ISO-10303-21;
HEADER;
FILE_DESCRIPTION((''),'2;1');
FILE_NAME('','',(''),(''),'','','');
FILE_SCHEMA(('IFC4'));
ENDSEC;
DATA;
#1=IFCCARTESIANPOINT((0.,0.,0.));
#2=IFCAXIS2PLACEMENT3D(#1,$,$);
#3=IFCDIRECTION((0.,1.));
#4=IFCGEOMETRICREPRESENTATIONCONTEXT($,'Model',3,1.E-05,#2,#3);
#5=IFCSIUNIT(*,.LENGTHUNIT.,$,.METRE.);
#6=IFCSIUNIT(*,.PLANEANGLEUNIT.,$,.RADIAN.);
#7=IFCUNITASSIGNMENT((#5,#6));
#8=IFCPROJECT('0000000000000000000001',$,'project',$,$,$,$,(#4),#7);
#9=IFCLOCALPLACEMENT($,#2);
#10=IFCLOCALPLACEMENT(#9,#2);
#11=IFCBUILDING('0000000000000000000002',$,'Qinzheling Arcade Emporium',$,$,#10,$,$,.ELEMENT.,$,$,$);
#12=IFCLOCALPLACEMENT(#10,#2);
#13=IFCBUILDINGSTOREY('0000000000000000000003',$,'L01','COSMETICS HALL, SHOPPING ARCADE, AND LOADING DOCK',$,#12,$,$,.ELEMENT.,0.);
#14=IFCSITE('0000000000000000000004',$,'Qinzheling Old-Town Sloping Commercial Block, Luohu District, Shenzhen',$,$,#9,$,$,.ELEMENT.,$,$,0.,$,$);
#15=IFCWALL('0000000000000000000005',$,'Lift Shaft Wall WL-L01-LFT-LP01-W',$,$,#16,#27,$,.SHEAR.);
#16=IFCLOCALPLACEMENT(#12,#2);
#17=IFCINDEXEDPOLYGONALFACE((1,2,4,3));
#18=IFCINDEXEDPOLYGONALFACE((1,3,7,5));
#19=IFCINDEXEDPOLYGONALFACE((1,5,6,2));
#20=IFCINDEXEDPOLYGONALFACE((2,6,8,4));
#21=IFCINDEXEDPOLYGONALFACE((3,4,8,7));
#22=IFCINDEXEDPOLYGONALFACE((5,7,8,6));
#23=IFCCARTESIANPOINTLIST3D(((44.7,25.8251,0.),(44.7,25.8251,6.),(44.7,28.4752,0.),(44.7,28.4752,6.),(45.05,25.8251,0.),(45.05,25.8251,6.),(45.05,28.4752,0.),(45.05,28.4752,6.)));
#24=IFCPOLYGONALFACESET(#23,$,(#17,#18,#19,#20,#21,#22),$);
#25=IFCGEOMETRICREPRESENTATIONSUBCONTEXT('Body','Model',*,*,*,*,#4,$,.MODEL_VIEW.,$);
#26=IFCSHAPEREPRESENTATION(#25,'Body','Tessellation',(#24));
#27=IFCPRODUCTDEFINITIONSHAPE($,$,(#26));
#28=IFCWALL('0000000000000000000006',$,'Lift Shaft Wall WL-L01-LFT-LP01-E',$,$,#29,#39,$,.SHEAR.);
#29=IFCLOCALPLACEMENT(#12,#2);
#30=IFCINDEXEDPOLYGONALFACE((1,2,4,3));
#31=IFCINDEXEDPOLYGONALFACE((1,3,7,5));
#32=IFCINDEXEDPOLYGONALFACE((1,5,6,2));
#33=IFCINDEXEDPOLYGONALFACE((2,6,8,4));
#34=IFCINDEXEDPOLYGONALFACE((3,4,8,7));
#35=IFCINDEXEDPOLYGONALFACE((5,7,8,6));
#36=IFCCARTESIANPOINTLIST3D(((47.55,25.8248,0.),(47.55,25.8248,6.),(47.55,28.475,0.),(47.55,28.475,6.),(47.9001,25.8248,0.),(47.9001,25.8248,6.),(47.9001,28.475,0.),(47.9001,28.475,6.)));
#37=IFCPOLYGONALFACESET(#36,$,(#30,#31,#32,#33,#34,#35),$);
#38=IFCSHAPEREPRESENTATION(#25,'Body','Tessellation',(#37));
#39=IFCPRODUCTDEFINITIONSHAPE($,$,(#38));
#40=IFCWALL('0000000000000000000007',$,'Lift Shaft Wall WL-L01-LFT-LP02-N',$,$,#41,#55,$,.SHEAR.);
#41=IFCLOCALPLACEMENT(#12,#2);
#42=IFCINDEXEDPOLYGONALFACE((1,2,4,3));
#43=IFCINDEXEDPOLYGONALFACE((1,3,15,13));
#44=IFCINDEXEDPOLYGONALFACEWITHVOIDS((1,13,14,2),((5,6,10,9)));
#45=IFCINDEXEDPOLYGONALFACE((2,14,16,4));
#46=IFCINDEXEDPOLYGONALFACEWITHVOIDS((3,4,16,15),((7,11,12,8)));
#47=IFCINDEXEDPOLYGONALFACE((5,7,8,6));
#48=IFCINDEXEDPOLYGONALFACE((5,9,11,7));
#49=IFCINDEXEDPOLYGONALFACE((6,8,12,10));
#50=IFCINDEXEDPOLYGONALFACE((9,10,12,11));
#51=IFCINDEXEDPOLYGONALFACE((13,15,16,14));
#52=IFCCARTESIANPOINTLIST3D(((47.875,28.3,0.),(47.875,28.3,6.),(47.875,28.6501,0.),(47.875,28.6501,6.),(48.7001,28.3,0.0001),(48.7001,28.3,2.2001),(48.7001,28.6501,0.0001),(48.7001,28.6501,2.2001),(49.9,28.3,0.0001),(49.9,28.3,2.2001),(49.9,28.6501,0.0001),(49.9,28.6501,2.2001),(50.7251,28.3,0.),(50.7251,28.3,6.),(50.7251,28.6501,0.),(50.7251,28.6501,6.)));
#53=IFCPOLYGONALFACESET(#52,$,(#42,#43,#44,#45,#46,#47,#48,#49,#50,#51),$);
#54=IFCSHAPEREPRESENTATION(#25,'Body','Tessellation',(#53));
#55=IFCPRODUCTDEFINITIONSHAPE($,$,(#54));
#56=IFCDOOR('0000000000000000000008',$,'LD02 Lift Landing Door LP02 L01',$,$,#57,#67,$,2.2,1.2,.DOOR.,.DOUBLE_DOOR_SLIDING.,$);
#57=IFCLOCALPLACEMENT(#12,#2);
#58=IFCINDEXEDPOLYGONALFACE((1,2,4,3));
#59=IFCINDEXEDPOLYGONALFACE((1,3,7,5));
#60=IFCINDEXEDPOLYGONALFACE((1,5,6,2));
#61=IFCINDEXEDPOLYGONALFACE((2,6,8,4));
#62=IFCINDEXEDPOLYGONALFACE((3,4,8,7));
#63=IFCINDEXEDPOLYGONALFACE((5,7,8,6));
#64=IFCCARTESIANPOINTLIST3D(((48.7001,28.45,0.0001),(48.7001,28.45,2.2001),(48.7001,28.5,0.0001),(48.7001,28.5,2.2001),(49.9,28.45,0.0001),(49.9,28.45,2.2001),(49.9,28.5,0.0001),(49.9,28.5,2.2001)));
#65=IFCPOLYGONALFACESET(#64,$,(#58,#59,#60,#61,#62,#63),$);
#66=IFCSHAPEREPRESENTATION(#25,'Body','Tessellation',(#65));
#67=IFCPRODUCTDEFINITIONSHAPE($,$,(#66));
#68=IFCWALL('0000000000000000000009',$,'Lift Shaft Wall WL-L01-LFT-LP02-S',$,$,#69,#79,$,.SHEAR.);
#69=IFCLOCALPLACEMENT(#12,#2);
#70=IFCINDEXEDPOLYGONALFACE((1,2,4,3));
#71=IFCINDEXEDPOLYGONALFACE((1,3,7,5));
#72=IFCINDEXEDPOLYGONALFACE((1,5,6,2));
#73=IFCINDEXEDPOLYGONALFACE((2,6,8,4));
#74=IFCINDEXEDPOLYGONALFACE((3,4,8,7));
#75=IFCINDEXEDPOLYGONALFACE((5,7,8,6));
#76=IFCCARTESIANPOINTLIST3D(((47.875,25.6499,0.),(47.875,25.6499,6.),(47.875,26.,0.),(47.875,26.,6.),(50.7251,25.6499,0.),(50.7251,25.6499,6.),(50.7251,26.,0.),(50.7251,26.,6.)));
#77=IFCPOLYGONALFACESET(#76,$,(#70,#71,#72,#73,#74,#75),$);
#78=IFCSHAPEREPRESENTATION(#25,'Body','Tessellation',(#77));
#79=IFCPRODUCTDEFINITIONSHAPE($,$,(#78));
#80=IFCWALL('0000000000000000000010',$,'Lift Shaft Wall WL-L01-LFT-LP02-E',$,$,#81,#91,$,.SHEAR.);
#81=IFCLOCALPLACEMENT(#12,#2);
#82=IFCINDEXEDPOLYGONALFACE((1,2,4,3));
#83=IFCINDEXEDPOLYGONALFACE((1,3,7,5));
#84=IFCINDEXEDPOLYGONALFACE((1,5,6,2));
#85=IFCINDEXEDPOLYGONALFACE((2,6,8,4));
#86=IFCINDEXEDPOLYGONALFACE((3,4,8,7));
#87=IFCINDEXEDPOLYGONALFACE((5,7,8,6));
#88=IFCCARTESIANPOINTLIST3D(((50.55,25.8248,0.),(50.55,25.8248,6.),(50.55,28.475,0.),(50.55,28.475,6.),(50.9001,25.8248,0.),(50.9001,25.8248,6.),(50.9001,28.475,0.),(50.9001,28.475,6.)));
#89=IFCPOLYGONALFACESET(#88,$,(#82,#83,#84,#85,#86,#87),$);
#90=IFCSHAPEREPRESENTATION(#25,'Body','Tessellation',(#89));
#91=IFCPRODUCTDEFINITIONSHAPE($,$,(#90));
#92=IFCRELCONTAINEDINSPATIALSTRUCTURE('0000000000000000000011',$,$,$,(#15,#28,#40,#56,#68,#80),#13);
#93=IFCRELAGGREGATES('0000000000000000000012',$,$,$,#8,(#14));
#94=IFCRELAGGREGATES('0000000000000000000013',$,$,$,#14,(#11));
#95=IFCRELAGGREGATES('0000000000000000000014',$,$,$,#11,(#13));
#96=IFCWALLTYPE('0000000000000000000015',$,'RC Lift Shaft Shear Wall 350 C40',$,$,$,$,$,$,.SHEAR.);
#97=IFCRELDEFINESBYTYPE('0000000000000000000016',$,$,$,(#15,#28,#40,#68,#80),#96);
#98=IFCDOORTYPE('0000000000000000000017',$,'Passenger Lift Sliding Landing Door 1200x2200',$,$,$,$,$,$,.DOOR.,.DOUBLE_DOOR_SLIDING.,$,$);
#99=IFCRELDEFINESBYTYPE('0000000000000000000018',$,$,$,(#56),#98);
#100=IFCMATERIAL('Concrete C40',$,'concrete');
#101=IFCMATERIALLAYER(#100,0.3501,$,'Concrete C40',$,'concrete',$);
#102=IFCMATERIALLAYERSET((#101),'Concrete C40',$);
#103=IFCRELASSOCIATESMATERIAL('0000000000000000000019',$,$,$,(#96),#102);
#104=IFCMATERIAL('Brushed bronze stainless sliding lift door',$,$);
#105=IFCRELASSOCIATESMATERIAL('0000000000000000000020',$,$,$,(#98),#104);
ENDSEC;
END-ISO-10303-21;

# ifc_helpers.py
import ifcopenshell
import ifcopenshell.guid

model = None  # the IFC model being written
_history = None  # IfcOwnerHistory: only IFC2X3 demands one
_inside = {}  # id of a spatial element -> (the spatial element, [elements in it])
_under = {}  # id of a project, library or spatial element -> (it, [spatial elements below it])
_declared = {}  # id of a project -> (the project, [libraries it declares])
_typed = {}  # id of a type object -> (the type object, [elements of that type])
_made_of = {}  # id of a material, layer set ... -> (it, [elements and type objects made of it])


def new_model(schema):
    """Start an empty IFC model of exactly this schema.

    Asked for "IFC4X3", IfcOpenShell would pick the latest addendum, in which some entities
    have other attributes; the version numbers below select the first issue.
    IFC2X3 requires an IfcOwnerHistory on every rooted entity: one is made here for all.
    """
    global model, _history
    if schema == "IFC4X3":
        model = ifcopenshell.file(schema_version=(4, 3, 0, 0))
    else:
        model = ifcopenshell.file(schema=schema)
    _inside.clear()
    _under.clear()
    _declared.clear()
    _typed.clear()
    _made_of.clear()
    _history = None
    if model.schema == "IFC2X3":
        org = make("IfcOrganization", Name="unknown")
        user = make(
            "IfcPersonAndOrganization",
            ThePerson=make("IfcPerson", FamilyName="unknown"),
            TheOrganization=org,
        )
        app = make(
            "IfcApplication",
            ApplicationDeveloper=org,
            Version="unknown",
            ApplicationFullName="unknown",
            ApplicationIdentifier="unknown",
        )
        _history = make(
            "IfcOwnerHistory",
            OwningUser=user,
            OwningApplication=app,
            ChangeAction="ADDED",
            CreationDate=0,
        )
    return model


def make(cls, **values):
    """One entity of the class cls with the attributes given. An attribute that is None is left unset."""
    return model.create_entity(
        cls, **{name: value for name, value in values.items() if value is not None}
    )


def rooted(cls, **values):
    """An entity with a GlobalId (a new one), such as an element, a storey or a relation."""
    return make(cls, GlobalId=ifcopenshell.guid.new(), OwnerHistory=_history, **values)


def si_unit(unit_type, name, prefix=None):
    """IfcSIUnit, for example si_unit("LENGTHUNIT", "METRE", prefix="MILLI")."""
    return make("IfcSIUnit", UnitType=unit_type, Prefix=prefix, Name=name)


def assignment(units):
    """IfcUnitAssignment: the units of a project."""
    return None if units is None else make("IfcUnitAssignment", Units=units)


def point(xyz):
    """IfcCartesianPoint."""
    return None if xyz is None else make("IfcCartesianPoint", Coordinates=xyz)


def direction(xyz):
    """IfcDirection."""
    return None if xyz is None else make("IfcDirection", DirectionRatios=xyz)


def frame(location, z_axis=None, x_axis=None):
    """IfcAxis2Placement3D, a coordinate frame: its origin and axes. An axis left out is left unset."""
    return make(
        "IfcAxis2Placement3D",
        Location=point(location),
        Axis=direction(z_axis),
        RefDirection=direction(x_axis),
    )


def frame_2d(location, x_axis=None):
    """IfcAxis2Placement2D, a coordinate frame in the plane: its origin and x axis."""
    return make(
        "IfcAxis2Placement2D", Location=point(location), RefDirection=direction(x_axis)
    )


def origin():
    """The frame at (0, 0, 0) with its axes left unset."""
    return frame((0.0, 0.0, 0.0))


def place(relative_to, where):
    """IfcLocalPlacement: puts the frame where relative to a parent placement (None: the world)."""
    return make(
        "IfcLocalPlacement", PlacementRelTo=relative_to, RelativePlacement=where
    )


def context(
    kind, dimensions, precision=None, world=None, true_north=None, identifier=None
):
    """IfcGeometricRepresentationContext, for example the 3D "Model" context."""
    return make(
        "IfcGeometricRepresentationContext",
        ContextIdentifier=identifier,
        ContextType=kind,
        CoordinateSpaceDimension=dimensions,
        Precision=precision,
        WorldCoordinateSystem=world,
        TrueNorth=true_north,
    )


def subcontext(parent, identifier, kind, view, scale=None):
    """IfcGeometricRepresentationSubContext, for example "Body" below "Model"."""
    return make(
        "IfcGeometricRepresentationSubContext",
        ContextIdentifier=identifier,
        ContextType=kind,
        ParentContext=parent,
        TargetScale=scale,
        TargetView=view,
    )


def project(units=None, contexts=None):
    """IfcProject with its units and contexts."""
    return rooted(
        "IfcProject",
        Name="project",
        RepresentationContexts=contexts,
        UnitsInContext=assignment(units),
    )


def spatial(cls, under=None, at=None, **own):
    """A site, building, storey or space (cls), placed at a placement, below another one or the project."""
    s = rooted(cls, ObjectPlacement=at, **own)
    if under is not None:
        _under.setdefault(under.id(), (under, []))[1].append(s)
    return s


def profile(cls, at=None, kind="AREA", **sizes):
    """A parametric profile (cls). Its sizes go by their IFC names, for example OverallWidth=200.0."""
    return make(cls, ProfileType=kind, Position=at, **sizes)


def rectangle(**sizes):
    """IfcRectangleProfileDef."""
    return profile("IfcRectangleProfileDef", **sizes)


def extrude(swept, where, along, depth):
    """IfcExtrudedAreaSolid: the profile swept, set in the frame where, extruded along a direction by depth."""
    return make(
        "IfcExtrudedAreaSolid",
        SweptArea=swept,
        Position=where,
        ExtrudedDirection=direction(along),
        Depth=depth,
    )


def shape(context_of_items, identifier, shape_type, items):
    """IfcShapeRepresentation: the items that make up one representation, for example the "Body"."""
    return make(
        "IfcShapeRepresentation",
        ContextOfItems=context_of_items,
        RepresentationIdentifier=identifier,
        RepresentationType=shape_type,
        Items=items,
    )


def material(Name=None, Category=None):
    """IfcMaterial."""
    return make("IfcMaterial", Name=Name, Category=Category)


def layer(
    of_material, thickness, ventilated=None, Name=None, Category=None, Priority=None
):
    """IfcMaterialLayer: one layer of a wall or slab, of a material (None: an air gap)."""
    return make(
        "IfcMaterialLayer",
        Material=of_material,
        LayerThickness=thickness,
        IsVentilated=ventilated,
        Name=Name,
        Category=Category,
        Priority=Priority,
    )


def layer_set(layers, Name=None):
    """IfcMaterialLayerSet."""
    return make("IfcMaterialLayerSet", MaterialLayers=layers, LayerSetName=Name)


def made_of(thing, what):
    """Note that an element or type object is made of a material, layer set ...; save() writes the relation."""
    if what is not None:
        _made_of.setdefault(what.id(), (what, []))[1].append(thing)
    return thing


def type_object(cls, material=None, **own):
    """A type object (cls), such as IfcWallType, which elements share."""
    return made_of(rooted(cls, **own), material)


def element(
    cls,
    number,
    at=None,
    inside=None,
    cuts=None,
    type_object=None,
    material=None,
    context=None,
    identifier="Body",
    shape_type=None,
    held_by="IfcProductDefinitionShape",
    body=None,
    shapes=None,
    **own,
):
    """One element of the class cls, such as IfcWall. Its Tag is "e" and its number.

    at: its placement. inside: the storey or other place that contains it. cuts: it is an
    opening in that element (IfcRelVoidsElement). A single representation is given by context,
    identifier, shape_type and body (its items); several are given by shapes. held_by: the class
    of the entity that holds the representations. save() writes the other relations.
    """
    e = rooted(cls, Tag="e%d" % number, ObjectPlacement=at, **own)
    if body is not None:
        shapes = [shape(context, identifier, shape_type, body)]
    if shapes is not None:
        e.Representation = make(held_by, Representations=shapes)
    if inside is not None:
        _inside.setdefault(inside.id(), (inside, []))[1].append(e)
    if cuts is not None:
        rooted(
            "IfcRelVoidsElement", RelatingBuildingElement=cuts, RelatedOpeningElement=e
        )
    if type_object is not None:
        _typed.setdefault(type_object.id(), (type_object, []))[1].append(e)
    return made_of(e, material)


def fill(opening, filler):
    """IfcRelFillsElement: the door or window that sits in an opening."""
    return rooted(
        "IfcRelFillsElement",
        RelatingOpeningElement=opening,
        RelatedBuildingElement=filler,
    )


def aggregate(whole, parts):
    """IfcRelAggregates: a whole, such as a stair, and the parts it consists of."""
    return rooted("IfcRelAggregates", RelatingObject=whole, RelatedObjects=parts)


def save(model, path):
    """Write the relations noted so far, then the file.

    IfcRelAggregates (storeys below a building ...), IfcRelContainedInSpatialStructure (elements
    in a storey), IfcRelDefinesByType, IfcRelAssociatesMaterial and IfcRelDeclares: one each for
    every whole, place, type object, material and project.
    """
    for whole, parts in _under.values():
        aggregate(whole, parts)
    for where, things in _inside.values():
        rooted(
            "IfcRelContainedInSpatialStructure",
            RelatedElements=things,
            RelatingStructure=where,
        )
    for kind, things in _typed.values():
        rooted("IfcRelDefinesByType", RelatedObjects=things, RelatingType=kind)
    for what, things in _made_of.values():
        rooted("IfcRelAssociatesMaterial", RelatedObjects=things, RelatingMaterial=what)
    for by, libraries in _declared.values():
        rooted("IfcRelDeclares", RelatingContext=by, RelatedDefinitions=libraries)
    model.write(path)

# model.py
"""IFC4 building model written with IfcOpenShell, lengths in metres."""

from ifc_helpers import new_model, si_unit, direction, frame, frame_2d, origin, place, context, subcontext, project, spatial, rectangle, extrude, material, layer, layer_set, type_object, element, fill, save


model = new_model("IFC4")

# Units and contexts
model_context = context("Model", 3, precision=1e-05, world=origin(), true_north=direction((0.0, 1.0)))
body_context = subcontext(model_context, "Body", "Model", "MODEL_VIEW")
ifc_project = project(units=[si_unit("LENGTHUNIT", "METRE"), si_unit("PLANEANGLEUNIT", "RADIAN")], contexts=[model_context])

# Site, building, storey
site_placement = place(None, origin())
site = spatial("IfcSite", under=ifc_project, at=site_placement, Name="Qinzheling Old-Town Sloping Commercial Block, Luohu District, Shenzhen", CompositionType="ELEMENT", RefElevation=0.0)
building_placement = place(site_placement, origin())
building = spatial("IfcBuilding", under=site, at=building_placement, Name="Qinzheling Arcade Emporium", CompositionType="ELEMENT")
storey_placement = place(building_placement, origin())
storey = spatial("IfcBuildingStorey", under=building, at=storey_placement, Name="L01", Description="COSMETICS HALL, SHOPPING ARCADE, AND LOADING DOCK", CompositionType="ELEMENT", Elevation=0.0)

# Shared definitions
ifc_material_1 = material(Name="Concrete C40", Category="concrete")

# Shared definitions
ifc_layer_1 = layer(ifc_material_1, 0.3501, Name="Concrete C40", Category="concrete")
ifc_layer_set_1 = layer_set([ifc_layer_1], Name="Concrete C40")
wall_type_1 = type_object("IfcWallType", Name="RC Lift Shaft Shear Wall 350 C40", PredefinedType="SHEAR", material=ifc_layer_set_1)
ifc_material_2 = material(Name="Brushed bronze stainless sliding lift door")
door_type_1 = type_object("IfcDoorType", Name="Passenger Lift Sliding Landing Door 1200x2200", OperationType="DOUBLE_DOOR_SLIDING", PredefinedType="DOOR", material=ifc_material_2)

# Walls
for number, where, z_axis, x_axis, name in (
    (1, (44.875, 25.825, 0.0), (0.0, 0.0, 1.0), (0.0, 1.0, 0.0), "Lift Shaft Wall WL-L01-LFT-LP01-W"),
    (2, (47.7251, 28.4751, 0.0), (0.0, 0.0, 1.0), (0.0, -1.0, 0.0), "Lift Shaft Wall WL-L01-LFT-LP01-E"),
):
    element("IfcWall", number, at=place(storey_placement, frame(where, z_axis=z_axis, x_axis=x_axis)), inside=storey, type_object=wall_type_1, Name=name, PredefinedType="SHEAR", context=body_context, shape_type="SweptSolid", body=[
        extrude(rectangle(XDim=2.6501, YDim=0.3501, at=frame_2d((1.3252, 0.0))), origin(), (0.0, 0.0, 1.0), 6.0),
    ])

# Wall, opening, door
wall_1_placement = place(storey_placement, frame((47.875, 28.4751, 0.0), z_axis=(0.0, 0.0, 1.0), x_axis=(1.0, 0.0, 0.0)))
wall_1 = element("IfcWall", 3, at=wall_1_placement, inside=storey, type_object=wall_type_1, Name="Lift Shaft Wall WL-L01-LFT-LP02-N", PredefinedType="SHEAR", context=body_context, shape_type="SweptSolid", body=[
    extrude(rectangle(XDim=2.8501, YDim=0.3501, at=frame_2d((1.425, 0.0))), origin(), (0.0, 0.0, 1.0), 6.0),
])
opening_1_placement = place(wall_1_placement, frame((0.825, 0.0, 0.0)))
opening_1 = element("IfcOpeningElement", 4, at=opening_1_placement, cuts=wall_1, PredefinedType="OPENING", context=body_context, shape_type="SweptSolid", body=[
    extrude(rectangle(XDim=1.2, YDim=2.2, at=frame_2d((0.6001, 1.1001))), frame((0.0, 0.1851, 0.0), z_axis=(0.0, -1.0, 0.0), x_axis=(1.0, 0.0, 0.0)), (0.0, 0.0, 1.0), 0.3701),
])
door_1_placement = place(opening_1_placement, origin())
door_1 = element("IfcDoor", 5, at=door_1_placement, inside=storey, type_object=door_type_1, Name="LD02 Lift Landing Door LP02 L01", OperationType="DOUBLE_DOOR_SLIDING", OverallHeight=2.2, OverallWidth=1.2, PredefinedType="DOOR", context=body_context, shape_type="SweptSolid", body=[
    extrude(rectangle(XDim=1.2, YDim=2.2, at=frame_2d((0.6001, 1.1001))), frame((0.0, 0.0249, 0.0), z_axis=(0.0, -1.0, 0.0), x_axis=(1.0, 0.0, 0.0)), (0.0, 0.0, 1.0), 0.05),
])
fill(opening_1, door_1)

# Walls
wall_2_placement = place(storey_placement, frame((50.7251, 25.825, 0.0), z_axis=(0.0, 0.0, 1.0), x_axis=(-1.0, 0.0, 0.0)))
element("IfcWall", 6, at=wall_2_placement, inside=storey, type_object=wall_type_1, Name="Lift Shaft Wall WL-L01-LFT-LP02-S", PredefinedType="SHEAR", context=body_context, shape_type="SweptSolid", body=[
    extrude(rectangle(XDim=2.8501, YDim=0.3501, at=frame_2d((1.425, 0.0))), origin(), (0.0, 0.0, 1.0), 6.0),
])
wall_3_placement = place(storey_placement, frame((50.7251, 28.4751, 0.0), z_axis=(0.0, 0.0, 1.0), x_axis=(0.0, -1.0, 0.0)))
element("IfcWall", 7, at=wall_3_placement, inside=storey, type_object=wall_type_1, Name="Lift Shaft Wall WL-L01-LFT-LP02-E", PredefinedType="SHEAR", context=body_context, shape_type="SweptSolid", body=[
    extrude(rectangle(XDim=2.6501, YDim=0.3501, at=frame_2d((1.3252, 0.0))), origin(), (0.0, 0.0, 1.0), 6.0),
])

save(model, "model.ifc")
